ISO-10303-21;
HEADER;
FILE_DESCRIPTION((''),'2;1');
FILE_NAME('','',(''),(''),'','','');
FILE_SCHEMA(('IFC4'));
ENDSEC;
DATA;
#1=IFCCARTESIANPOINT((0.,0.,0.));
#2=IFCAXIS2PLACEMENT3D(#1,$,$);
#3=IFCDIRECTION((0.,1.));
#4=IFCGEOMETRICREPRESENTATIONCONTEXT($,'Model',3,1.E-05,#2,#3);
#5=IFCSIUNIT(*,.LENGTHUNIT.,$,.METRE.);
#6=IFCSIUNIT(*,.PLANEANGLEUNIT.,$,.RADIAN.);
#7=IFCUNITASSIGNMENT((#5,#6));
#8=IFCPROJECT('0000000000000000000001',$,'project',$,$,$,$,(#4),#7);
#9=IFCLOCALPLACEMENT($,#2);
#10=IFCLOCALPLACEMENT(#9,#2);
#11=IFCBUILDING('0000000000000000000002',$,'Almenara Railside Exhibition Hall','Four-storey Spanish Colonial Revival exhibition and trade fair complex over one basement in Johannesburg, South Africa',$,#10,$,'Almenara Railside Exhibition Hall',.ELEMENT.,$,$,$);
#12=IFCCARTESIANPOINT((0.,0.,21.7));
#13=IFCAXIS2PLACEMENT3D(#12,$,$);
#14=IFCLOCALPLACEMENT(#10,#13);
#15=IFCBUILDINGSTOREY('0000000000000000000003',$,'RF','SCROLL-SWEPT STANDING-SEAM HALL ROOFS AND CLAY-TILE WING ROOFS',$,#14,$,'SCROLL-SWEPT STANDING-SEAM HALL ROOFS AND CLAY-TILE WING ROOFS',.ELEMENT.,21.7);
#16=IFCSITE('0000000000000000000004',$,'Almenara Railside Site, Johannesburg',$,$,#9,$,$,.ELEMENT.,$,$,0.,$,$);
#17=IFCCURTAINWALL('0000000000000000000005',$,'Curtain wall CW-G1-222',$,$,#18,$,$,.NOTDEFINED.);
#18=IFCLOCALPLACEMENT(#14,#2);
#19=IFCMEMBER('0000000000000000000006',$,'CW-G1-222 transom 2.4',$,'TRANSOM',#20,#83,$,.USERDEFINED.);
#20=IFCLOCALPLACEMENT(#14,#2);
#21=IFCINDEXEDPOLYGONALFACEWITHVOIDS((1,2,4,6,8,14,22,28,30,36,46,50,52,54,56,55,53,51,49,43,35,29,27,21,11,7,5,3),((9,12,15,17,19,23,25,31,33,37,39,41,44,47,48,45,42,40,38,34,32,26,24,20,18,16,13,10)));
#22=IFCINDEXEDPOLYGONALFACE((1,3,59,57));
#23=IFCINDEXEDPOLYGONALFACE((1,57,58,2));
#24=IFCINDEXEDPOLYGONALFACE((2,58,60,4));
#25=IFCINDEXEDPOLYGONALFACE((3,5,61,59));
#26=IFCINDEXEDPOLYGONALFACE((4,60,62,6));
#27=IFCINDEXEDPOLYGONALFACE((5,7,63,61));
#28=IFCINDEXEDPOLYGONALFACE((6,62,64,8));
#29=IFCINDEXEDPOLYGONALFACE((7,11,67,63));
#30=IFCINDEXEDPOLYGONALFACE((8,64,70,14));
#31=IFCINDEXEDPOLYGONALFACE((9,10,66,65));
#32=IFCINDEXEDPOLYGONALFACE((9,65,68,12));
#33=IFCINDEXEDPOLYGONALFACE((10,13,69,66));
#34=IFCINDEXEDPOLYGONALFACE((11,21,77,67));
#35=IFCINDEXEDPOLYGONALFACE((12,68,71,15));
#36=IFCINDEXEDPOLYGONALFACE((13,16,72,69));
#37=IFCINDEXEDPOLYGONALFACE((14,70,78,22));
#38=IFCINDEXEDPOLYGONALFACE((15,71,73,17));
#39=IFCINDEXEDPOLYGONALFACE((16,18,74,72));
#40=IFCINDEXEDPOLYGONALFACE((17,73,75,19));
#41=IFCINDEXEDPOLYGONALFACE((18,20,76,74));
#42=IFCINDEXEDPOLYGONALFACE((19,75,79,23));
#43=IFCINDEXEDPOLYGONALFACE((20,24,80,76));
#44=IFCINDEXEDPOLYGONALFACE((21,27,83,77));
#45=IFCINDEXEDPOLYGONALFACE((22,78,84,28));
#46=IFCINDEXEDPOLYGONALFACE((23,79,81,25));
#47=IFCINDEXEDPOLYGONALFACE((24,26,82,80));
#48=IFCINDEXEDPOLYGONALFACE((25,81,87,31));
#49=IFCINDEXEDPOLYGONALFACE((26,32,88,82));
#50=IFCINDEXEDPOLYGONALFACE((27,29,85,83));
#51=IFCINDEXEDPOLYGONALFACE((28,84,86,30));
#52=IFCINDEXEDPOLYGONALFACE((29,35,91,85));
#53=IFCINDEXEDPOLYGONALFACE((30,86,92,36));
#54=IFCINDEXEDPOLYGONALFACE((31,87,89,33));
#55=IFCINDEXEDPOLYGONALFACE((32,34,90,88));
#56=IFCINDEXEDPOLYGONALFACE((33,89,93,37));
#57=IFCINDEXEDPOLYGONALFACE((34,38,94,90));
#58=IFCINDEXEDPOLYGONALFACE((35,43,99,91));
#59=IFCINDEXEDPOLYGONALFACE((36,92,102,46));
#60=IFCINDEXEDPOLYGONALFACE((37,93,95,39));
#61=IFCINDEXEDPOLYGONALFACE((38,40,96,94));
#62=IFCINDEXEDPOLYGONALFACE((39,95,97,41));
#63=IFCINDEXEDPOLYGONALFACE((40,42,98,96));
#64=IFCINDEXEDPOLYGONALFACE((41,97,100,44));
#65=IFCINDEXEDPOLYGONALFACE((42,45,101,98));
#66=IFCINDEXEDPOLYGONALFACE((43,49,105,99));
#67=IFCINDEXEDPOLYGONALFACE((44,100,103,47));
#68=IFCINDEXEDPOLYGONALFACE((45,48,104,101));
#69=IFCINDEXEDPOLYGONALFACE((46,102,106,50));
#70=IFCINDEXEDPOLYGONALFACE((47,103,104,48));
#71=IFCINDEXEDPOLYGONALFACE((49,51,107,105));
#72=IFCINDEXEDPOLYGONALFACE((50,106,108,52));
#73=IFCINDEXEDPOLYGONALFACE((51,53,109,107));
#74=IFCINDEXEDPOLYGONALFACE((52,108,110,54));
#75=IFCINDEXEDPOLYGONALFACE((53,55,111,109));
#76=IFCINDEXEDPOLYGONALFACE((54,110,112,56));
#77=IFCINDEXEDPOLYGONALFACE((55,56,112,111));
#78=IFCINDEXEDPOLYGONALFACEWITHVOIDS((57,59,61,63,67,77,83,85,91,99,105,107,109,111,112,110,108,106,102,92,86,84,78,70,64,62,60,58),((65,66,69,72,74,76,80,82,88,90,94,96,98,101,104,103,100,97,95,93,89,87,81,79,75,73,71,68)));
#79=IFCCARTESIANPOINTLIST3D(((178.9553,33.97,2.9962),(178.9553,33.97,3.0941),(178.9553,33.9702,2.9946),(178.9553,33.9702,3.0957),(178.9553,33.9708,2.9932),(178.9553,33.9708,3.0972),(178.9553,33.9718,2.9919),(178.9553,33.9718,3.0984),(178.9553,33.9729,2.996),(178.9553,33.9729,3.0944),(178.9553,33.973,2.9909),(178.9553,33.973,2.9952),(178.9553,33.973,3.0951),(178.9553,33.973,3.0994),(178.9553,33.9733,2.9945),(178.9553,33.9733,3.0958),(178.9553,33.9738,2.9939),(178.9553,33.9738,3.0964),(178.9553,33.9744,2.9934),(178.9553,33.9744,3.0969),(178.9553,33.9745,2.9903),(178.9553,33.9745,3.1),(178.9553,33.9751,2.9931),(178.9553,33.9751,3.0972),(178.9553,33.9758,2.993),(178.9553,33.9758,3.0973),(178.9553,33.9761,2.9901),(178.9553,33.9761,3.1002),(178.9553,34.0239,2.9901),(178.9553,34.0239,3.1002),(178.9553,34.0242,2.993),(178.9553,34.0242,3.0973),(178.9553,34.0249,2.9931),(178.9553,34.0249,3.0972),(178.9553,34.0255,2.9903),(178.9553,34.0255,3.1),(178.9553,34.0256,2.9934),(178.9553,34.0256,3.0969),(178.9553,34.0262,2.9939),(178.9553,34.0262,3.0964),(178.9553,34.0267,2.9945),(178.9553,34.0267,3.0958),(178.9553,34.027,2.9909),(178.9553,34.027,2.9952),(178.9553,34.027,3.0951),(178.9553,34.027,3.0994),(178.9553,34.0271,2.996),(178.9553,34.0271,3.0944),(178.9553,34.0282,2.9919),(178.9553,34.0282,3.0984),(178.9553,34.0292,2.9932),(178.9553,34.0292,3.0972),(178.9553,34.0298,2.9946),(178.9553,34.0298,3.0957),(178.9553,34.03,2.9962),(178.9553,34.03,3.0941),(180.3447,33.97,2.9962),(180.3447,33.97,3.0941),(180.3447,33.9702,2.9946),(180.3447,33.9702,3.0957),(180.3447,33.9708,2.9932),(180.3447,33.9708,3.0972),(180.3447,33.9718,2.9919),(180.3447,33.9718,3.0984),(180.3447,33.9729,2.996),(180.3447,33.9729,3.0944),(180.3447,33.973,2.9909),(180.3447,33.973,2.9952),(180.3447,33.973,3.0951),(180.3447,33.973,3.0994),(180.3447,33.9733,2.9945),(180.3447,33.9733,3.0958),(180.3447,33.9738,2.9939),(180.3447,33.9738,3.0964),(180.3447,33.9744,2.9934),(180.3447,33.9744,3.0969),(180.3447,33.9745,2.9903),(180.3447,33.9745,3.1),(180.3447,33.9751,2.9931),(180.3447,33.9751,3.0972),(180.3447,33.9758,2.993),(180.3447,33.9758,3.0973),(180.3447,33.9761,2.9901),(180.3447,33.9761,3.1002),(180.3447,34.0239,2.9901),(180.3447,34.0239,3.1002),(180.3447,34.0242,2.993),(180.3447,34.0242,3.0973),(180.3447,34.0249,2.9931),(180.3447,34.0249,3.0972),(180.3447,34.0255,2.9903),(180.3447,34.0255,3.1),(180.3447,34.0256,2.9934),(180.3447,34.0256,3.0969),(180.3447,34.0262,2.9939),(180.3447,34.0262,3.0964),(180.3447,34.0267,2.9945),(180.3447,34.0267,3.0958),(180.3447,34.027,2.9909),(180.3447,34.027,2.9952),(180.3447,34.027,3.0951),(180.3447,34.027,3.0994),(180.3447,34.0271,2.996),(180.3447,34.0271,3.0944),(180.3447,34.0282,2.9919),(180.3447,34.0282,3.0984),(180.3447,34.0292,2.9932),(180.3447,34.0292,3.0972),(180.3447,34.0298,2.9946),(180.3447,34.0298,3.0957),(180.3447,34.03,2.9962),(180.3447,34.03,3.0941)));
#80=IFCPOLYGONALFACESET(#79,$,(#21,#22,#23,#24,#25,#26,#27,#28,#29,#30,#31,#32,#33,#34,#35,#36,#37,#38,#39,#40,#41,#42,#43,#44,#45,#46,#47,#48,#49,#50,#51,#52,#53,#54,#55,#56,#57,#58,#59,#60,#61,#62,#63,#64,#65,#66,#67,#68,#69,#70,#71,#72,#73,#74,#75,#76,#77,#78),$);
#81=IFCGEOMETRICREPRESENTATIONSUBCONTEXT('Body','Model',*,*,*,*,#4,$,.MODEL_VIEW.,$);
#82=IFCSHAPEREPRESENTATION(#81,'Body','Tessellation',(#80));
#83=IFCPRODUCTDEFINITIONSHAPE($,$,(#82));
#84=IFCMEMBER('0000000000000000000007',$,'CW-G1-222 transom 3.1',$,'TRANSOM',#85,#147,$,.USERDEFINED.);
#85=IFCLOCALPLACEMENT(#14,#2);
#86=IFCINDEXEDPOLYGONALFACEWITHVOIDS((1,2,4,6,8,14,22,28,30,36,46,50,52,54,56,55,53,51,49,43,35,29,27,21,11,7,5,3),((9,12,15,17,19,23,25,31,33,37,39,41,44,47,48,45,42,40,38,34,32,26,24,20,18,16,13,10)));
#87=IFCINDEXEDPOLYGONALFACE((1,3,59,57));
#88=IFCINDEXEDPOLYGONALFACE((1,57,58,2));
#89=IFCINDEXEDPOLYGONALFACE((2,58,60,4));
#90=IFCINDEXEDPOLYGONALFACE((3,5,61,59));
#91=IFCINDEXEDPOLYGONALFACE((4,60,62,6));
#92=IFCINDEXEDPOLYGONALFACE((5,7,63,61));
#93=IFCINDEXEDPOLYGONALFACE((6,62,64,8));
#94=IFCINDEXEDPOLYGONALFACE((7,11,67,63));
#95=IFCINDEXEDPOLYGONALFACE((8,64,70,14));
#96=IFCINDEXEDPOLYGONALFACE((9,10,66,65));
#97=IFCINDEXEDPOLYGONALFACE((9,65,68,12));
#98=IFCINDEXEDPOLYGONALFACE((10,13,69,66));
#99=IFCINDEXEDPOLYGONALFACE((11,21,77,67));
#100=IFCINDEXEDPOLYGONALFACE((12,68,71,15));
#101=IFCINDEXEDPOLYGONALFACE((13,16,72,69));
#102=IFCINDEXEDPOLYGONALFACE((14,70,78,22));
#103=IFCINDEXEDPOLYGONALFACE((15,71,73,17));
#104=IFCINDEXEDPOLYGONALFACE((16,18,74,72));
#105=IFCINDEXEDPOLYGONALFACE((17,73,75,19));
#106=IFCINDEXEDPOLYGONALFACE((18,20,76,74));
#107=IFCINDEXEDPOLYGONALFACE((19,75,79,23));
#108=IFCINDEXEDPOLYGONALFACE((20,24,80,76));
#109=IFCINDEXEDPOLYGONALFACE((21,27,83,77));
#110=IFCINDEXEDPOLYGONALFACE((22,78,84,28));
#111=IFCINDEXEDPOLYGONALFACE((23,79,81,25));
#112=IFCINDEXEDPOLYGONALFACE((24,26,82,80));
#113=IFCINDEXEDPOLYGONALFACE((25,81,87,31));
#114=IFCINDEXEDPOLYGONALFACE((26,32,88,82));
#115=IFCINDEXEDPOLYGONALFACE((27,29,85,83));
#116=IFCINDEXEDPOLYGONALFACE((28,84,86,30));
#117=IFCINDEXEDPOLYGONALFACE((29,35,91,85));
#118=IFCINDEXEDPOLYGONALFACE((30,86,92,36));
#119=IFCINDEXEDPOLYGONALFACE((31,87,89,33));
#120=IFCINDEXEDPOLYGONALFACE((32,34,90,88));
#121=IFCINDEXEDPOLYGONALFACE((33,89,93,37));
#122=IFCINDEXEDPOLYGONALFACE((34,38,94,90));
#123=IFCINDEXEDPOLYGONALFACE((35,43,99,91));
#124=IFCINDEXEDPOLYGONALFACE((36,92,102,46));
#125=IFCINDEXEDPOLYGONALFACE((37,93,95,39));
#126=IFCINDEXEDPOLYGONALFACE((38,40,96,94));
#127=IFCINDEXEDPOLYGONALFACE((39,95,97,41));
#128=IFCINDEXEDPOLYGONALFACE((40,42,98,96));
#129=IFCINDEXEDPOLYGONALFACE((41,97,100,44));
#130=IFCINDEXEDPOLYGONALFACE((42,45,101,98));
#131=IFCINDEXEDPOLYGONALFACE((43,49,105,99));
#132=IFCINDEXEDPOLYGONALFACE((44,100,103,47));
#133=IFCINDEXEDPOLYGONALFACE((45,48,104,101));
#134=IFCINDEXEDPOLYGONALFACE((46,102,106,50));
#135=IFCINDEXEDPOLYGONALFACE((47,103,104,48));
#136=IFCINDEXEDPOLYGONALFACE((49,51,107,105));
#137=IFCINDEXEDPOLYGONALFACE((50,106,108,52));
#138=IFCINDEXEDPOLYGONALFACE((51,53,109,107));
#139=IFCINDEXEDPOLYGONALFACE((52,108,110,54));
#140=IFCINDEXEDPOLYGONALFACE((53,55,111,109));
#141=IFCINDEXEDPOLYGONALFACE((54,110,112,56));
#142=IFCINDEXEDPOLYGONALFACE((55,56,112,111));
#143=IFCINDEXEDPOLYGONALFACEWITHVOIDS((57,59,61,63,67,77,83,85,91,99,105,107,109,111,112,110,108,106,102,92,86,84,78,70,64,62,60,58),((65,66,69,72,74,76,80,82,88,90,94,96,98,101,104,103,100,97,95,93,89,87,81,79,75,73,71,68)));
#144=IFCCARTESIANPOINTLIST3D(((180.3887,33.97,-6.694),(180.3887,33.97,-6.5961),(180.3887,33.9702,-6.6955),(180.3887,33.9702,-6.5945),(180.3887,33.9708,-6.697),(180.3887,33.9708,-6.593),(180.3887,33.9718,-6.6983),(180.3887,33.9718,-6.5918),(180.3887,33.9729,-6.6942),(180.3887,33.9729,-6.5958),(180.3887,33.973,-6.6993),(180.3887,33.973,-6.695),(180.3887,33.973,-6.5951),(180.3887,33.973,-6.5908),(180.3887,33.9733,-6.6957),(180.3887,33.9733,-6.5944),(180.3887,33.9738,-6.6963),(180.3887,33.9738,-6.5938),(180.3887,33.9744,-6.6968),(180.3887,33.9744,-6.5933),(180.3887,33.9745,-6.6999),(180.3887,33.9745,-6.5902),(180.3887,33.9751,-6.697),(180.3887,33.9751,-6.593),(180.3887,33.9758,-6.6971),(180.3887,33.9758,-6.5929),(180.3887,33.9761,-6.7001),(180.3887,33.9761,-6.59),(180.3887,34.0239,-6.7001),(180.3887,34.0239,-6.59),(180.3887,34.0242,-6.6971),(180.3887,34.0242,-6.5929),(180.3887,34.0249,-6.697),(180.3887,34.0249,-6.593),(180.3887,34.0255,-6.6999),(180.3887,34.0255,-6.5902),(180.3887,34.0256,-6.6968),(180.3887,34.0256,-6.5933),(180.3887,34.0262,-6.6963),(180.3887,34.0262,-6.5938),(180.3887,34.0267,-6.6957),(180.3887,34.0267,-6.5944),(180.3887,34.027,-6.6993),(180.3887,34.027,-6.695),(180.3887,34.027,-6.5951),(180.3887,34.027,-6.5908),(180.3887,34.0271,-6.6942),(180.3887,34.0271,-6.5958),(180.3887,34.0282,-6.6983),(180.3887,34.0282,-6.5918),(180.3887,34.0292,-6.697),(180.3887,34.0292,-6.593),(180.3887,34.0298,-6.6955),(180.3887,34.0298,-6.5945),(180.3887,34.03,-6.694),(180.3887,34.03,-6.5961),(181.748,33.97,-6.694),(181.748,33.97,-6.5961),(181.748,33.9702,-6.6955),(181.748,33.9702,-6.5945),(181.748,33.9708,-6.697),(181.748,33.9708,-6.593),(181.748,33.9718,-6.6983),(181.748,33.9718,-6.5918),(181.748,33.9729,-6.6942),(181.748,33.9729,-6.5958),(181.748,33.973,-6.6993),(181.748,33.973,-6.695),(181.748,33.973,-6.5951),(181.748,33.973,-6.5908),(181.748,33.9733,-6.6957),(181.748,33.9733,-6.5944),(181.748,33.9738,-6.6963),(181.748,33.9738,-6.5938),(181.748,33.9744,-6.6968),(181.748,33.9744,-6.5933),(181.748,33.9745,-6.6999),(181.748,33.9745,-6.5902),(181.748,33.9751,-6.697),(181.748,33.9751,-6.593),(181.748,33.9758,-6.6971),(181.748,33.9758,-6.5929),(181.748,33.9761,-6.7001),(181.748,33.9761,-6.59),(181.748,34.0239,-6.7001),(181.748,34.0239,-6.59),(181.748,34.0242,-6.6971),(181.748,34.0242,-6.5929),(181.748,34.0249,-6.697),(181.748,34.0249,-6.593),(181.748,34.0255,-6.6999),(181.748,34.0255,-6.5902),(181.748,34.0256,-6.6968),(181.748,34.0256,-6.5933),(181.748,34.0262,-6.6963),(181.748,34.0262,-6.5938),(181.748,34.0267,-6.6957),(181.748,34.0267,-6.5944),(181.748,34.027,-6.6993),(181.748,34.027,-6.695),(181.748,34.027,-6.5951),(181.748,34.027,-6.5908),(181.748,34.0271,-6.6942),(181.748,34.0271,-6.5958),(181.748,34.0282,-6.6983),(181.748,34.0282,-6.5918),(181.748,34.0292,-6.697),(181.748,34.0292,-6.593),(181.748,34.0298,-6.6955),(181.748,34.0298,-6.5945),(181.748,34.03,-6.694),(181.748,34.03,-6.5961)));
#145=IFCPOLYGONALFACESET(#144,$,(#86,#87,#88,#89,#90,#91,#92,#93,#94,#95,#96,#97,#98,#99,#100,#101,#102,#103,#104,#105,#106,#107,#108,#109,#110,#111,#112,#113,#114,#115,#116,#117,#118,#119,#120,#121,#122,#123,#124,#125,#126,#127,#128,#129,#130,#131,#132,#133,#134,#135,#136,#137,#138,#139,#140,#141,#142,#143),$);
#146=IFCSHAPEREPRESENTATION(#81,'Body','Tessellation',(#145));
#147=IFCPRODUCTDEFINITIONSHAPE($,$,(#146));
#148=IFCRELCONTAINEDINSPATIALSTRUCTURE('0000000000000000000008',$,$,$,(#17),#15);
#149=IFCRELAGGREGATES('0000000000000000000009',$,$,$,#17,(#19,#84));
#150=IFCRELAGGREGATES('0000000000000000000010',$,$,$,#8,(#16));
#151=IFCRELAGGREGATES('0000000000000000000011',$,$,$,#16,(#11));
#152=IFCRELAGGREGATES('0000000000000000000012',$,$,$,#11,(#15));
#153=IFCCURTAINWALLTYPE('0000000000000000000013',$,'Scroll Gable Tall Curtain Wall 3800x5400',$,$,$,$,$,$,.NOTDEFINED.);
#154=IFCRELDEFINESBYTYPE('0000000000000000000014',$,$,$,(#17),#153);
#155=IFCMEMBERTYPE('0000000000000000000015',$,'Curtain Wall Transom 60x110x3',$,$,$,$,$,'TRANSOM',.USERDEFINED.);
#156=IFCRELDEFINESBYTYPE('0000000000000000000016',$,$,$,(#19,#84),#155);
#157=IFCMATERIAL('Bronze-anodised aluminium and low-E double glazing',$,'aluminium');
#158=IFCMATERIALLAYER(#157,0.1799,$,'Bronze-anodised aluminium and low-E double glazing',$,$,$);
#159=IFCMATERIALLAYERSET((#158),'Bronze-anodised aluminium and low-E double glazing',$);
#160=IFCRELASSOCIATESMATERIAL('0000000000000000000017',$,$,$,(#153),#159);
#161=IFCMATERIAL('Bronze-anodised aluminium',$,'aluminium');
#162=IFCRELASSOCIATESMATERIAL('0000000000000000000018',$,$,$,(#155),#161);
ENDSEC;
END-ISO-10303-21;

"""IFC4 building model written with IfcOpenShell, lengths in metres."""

from ifc_helpers import new_model, si_unit, direction, frame, origin, origin_2d, place, context, subcontext, project, spatial, hollow_rectangle, extrude, material, layer, layer_set, material_profile, profile_set, type_object, element, aggregate, save


model = new_model("IFC4")

# Units and contexts
model_context = context("Model", 3, precision=1e-05, world=origin(), true_north=direction((0.0, 1.0)))
body_context = subcontext(model_context, "Body", "Model", "MODEL_VIEW")
ifc_project = project(units=[si_unit("LENGTHUNIT", "METRE"), si_unit("PLANEANGLEUNIT", "RADIAN")], contexts=[model_context])

# Site, building, storey
site_placement = place(None, origin())
site = spatial("IfcSite", under=ifc_project, at=site_placement, Name="Almenara Railside Site, Johannesburg", CompositionType="ELEMENT", RefElevation=0.0)
building_placement = place(site_placement, origin())
building = spatial("IfcBuilding", under=site, at=building_placement, Name="Almenara Railside Exhibition Hall", Description="Four-storey Spanish Colonial Revival exhibition and trade fair complex over one basement in Johannesburg, South Africa", LongName="Almenara Railside Exhibition Hall", CompositionType="ELEMENT")
storey_placement = place(building_placement, frame((0.0, 0.0, 21.7)))
storey = spatial("IfcBuildingStorey", under=building, at=storey_placement, Name="RF", Description="SCROLL-SWEPT STANDING-SEAM HALL ROOFS AND CLAY-TILE WING ROOFS", LongName="SCROLL-SWEPT STANDING-SEAM HALL ROOFS AND CLAY-TILE WING ROOFS", CompositionType="ELEMENT", Elevation=21.7)

# Curtain wall
ifc_material_1 = material(Name="Bronze-anodised aluminium and low-E double glazing", Category="aluminium")
ifc_layer_1 = layer(ifc_material_1, 0.1799, Name="Bronze-anodised aluminium and low-E double glazing")
ifc_layer_set_1 = layer_set([ifc_layer_1], Name="Bronze-anodised aluminium and low-E double glazing")
curtain_wall_type = type_object("IfcCurtainWallType", Name="Scroll Gable Tall Curtain Wall 3800x5400", PredefinedType="NOTDEFINED", material=ifc_layer_set_1)
curtain_wall_1_placement = place(storey_placement, origin())
curtain_wall_1 = element("IfcCurtainWall", 1, at=curtain_wall_1_placement, inside=storey, type_object=curtain_wall_type, Name="Curtain wall CW-G1-222", PredefinedType="NOTDEFINED")
ifc_material_2 = material(Name="Bronze-anodised aluminium", Category="aluminium")

# Members
ifc_material_profile_1 = material_profile(ifc_material_2, hollow_rectangle(XDim=0.0601, YDim=0.1101, WallThickness=0.0029, InnerFilletRadius=0.0029, OuterFilletRadius=0.0061, at=origin_2d()), Name="ALU-TRN 60x110x3")
ifc_profile_set_1 = profile_set([ifc_material_profile_1], Name="Bronze-anodised aluminium")
member_type_1 = type_object("IfcMemberType", Name="Curtain Wall Transom 60x110x3", ElementType="TRANSOM", PredefinedType="USERDEFINED", material=ifc_profile_set_1)
member_1_placement = place(storey_placement, frame((178.9553, 34.0, 3.0452), z_axis=(1.0, 0.0, 0.0), x_axis=(0.0, 1.0, 0.0)))
member_1 = element("IfcMember", 2, at=member_1_placement, type_object=member_type_1, Name="CW-G1-222 transom 2.4", ObjectType="TRANSOM", PredefinedType="USERDEFINED", context=body_context, shape_type="SweptSolid", body=[
    extrude(hollow_rectangle(XDim=0.0601, YDim=0.1101, WallThickness=0.0029, InnerFilletRadius=0.0029, OuterFilletRadius=0.0061, at=origin_2d()), origin(), (0.0, 0.0, 1.0), 1.3894),
])
member_2_placement = place(storey_placement, frame((180.3887, 34.0, -6.645), z_axis=(1.0, 0.0, 0.0), x_axis=(0.0, 1.0, 0.0)))
member_2 = element("IfcMember", 3, at=member_2_placement, type_object=member_type_1, Name="CW-G1-222 transom 3.1", ObjectType="TRANSOM", PredefinedType="USERDEFINED", context=body_context, shape_type="SweptSolid", body=[
    extrude(hollow_rectangle(XDim=0.0601, YDim=0.1101, WallThickness=0.0029, InnerFilletRadius=0.0029, OuterFilletRadius=0.0061, at=origin_2d()), origin(), (0.0, 0.0, 1.0), 1.3594),
])

aggregate(curtain_wall_1, [member_1, member_2])

save(model, "model.ifc")
